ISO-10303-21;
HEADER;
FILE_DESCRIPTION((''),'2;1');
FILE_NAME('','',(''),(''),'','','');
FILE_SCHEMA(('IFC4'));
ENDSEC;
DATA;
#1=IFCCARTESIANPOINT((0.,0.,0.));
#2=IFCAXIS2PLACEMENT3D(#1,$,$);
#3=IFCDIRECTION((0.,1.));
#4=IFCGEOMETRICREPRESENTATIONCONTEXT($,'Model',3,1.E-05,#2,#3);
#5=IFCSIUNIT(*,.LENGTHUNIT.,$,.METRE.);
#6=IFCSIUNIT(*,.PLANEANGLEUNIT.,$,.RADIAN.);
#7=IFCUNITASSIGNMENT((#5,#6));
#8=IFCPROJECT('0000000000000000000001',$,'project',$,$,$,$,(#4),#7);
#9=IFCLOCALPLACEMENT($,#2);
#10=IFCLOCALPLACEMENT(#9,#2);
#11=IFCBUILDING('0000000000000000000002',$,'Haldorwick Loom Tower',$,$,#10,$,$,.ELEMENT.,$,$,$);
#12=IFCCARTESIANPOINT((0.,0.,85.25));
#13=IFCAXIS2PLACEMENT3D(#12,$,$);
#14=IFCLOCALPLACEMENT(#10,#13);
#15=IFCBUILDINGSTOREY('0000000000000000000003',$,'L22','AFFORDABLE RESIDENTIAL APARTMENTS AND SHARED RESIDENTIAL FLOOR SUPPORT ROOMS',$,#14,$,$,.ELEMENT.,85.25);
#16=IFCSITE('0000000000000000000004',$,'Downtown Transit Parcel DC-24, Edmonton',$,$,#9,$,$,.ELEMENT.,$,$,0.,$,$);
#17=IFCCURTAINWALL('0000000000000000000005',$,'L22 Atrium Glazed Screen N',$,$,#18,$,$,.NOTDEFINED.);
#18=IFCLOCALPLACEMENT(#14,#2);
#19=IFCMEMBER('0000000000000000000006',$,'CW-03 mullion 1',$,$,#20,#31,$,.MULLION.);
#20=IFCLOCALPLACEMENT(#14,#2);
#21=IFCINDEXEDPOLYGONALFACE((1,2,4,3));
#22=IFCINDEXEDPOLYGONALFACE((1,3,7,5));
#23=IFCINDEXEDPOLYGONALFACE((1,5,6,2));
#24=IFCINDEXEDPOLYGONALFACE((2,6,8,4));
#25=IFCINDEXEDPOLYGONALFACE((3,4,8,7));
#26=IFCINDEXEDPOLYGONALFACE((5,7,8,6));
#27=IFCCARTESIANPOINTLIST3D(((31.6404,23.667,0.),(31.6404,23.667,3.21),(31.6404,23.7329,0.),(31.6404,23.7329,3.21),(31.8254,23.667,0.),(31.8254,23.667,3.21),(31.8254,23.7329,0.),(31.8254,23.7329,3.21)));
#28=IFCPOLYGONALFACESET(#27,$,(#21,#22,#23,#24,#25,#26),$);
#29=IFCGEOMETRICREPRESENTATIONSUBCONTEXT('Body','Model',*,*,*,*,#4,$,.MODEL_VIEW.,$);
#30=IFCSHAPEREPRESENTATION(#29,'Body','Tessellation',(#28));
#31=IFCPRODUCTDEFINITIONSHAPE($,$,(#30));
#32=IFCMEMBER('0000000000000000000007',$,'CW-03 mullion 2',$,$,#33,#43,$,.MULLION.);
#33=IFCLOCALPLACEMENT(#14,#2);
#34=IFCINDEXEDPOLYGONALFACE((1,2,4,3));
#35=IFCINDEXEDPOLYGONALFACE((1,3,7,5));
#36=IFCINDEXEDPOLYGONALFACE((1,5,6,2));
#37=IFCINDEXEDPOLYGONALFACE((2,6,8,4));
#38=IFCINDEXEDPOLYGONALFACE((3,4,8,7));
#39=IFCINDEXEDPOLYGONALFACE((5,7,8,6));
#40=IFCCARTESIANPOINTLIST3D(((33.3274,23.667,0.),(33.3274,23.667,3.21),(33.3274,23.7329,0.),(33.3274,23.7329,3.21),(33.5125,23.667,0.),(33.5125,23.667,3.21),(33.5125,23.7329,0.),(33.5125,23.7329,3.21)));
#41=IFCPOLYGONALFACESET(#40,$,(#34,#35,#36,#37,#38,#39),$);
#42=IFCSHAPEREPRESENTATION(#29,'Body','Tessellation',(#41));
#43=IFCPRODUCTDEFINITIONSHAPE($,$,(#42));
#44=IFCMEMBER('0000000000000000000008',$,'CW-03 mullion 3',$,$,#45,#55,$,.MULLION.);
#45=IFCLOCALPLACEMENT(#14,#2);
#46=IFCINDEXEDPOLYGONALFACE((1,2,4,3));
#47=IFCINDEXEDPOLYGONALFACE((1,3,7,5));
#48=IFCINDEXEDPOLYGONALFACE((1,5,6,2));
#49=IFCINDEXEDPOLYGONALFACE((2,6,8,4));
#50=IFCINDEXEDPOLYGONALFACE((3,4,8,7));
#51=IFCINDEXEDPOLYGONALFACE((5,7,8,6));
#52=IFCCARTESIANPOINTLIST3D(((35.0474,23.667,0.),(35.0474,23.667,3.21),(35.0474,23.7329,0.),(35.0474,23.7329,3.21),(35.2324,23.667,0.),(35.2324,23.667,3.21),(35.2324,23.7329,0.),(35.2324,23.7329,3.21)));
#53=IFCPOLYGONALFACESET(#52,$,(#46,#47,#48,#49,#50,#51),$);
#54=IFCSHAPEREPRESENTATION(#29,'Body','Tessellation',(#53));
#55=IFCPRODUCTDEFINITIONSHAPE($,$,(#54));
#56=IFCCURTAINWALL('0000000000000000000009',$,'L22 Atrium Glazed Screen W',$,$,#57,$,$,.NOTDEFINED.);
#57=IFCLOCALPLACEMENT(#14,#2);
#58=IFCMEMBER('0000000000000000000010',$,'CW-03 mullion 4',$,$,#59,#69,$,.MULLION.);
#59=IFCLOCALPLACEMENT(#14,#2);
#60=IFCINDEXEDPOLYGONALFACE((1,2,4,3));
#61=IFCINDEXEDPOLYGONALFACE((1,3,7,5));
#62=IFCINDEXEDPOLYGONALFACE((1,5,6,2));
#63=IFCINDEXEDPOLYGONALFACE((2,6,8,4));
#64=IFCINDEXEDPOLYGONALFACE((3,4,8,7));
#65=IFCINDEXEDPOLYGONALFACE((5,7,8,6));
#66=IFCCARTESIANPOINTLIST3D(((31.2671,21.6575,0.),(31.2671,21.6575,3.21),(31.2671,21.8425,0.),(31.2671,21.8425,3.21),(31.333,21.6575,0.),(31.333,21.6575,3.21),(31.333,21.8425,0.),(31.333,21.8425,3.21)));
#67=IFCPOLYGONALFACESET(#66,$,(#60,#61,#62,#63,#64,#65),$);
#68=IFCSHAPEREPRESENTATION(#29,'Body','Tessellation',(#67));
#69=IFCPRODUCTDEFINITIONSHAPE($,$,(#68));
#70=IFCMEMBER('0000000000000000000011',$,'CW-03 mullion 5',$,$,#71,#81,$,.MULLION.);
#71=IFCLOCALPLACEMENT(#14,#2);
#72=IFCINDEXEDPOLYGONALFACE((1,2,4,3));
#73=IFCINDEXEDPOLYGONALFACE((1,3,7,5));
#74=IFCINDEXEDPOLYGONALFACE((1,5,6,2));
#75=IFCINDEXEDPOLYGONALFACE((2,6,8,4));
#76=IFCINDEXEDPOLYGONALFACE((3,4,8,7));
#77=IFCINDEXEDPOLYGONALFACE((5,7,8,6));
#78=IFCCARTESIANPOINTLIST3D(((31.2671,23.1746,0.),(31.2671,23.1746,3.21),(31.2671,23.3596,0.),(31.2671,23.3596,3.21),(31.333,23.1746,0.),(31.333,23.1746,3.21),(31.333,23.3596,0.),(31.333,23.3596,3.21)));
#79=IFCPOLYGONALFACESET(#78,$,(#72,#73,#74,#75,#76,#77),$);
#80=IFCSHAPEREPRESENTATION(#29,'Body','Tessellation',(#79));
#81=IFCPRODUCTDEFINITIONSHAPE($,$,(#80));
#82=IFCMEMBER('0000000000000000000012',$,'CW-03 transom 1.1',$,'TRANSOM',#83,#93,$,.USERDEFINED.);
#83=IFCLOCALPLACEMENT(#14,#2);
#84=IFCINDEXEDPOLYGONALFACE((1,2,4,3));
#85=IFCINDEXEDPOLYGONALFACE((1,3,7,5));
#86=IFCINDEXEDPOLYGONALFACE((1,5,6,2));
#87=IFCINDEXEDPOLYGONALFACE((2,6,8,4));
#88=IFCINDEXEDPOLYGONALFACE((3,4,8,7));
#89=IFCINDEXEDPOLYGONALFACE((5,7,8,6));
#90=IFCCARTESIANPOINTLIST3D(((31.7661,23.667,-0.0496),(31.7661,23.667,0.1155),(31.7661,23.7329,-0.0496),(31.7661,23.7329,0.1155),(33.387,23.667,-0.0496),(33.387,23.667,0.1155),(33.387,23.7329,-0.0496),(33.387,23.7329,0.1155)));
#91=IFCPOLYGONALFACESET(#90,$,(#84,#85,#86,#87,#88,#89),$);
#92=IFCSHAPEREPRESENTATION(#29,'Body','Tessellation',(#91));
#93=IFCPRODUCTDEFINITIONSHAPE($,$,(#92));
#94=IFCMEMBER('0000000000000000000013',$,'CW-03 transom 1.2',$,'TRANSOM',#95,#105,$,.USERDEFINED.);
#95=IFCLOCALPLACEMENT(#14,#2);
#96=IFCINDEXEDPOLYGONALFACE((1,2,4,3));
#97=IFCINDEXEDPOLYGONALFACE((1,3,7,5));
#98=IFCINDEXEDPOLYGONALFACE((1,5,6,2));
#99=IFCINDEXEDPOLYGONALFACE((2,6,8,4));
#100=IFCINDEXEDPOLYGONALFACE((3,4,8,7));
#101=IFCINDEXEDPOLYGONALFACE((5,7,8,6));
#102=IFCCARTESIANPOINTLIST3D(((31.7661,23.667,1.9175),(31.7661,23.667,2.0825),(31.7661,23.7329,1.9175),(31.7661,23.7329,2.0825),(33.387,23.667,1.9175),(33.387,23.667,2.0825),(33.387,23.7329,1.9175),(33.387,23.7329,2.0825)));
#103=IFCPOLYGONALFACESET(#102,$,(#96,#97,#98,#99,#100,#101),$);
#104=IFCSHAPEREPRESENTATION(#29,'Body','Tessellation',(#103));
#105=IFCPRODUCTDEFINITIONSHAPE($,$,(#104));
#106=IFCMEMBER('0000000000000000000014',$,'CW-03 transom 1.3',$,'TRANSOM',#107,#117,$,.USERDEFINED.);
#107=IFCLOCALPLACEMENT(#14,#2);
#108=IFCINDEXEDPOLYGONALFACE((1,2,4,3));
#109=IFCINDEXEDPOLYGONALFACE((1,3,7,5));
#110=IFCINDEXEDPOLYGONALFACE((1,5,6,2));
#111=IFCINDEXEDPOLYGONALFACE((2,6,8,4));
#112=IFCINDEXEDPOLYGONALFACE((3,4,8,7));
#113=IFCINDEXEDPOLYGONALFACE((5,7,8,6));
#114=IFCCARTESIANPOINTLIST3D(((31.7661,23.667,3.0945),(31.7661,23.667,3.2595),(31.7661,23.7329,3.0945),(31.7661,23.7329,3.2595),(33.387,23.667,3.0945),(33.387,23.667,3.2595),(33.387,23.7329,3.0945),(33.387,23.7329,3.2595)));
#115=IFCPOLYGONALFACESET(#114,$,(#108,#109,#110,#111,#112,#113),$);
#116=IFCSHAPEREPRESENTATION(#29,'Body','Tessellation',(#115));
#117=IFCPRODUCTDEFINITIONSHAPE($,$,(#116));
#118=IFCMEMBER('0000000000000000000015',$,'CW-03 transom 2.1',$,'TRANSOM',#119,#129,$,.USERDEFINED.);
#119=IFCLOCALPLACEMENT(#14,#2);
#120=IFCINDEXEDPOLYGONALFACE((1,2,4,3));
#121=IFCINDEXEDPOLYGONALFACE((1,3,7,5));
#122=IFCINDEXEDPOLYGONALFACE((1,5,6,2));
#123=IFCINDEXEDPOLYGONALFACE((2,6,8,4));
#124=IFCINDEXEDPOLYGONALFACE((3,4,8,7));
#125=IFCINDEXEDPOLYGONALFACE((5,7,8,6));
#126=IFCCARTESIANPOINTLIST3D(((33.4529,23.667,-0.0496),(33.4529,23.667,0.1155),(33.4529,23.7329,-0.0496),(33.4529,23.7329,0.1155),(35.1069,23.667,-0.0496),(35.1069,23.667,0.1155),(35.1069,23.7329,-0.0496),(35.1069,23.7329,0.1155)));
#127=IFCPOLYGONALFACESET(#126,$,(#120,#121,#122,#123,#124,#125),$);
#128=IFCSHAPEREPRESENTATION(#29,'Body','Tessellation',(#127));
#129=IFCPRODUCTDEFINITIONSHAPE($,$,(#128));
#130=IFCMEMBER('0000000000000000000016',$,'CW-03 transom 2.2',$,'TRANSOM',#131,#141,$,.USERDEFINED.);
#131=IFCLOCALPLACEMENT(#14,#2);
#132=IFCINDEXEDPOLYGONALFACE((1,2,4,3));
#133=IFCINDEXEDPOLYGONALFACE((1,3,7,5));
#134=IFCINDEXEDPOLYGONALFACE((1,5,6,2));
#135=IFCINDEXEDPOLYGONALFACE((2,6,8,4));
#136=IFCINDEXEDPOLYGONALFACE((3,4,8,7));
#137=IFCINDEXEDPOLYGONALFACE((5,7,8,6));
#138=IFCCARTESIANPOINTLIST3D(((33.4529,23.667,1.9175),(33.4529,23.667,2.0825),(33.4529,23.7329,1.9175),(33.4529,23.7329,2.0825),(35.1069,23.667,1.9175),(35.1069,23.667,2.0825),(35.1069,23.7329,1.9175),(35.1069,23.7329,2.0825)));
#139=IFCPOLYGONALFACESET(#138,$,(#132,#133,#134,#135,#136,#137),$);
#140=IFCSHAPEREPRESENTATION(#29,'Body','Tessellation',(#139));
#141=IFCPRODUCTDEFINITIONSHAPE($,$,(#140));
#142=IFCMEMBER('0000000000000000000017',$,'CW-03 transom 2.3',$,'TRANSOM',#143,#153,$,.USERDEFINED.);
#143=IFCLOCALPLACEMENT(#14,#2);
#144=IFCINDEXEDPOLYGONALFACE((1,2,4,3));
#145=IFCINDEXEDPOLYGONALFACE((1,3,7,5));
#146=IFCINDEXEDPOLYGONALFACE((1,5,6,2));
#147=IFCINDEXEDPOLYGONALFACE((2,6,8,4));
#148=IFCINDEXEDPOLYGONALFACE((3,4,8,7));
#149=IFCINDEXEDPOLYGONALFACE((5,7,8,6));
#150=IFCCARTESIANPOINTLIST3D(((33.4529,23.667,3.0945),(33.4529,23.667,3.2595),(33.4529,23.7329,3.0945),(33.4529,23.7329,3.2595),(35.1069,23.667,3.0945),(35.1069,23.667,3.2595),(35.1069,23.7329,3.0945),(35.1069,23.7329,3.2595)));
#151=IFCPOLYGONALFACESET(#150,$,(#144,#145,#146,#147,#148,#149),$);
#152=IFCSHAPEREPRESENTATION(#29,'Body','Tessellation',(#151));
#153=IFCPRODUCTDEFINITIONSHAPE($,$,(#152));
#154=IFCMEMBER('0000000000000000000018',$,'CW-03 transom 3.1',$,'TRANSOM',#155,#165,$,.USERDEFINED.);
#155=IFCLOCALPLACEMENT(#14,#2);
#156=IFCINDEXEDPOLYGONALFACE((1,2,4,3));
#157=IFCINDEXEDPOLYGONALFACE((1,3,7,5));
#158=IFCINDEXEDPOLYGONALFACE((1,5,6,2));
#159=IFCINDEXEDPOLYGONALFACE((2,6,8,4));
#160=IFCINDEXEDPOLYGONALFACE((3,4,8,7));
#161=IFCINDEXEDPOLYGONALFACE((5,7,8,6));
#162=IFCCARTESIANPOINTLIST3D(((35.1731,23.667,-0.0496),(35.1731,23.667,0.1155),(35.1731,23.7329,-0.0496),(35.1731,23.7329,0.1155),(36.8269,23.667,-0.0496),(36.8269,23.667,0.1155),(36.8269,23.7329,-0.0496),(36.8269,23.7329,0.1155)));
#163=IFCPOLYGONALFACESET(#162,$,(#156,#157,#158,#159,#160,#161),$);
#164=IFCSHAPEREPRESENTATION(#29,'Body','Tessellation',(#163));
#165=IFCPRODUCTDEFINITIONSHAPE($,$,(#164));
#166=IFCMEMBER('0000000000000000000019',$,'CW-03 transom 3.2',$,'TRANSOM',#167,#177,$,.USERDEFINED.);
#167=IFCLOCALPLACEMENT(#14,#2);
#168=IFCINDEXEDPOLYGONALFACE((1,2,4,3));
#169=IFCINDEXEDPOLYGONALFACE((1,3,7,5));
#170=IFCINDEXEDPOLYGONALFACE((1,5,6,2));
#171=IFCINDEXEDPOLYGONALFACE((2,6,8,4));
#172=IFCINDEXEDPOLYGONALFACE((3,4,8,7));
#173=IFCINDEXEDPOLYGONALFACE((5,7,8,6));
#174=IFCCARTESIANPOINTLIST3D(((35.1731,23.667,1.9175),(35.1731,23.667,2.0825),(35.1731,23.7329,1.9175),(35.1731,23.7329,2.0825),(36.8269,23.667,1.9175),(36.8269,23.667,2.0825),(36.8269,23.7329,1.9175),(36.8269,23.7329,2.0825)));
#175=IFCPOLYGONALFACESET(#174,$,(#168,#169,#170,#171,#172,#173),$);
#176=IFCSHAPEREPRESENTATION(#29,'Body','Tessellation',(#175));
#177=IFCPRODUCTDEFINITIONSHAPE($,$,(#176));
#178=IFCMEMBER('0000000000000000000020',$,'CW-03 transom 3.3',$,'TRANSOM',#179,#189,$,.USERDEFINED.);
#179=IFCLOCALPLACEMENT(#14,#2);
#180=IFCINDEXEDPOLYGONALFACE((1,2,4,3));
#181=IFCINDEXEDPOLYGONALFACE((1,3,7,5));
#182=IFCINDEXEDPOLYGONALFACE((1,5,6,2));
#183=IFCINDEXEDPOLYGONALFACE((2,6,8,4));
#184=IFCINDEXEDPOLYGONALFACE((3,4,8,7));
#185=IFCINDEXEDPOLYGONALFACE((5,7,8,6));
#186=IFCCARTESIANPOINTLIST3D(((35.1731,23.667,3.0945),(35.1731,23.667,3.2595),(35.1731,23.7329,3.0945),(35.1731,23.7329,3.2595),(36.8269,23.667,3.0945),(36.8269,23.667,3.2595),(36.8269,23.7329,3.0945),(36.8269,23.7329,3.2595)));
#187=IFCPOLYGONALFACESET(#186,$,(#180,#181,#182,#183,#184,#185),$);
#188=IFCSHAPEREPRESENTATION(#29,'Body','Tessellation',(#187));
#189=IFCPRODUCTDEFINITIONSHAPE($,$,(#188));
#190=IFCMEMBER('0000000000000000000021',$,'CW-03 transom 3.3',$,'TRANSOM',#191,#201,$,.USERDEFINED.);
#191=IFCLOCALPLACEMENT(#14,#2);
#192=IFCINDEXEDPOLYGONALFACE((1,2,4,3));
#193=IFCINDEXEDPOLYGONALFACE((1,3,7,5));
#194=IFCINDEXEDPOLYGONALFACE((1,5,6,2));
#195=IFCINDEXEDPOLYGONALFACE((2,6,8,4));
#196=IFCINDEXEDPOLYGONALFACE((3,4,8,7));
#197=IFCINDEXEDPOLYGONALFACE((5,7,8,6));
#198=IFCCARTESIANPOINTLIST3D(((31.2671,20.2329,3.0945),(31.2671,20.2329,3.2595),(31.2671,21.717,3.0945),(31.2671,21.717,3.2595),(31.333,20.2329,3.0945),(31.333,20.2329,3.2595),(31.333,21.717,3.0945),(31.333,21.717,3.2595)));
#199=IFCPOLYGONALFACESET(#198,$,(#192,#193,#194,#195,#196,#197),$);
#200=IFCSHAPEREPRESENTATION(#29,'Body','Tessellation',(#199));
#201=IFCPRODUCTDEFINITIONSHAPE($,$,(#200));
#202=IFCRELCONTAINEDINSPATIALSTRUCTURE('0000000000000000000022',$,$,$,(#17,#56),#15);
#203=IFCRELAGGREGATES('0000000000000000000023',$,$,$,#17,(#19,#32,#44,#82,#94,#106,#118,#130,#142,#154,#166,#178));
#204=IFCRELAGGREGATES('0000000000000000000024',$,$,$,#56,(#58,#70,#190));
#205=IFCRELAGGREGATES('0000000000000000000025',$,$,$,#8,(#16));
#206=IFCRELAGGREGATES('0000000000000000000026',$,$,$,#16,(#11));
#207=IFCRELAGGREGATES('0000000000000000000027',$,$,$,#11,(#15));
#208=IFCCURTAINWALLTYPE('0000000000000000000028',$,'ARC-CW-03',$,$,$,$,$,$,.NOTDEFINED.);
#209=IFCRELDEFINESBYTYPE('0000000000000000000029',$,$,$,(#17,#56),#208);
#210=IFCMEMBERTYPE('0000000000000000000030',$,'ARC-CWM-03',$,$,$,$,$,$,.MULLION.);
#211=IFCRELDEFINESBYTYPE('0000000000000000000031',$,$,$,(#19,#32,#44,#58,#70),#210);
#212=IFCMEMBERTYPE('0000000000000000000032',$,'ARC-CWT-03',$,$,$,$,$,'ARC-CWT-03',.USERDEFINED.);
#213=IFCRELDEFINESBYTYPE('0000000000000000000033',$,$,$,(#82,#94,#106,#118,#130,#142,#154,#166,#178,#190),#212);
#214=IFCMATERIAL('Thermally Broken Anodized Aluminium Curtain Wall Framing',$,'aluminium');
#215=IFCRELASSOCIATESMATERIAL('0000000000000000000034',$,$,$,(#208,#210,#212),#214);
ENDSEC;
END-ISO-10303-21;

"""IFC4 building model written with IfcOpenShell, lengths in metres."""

from ifc_helpers import new_model, si_unit, direction, frame, origin, origin_2d, place, context, subcontext, project, spatial, rectangle, extrude, material, material_profile, profile_set, type_object, element, aggregate, save


model = new_model("IFC4")

# Units and contexts
model_context = context("Model", 3, precision=1e-05, world=origin(), true_north=direction((0.0, 1.0)))
body_context = subcontext(model_context, "Body", "Model", "MODEL_VIEW")
ifc_project = project(units=[si_unit("LENGTHUNIT", "METRE"), si_unit("PLANEANGLEUNIT", "RADIAN")], contexts=[model_context])

# Site, building, storey
site_placement = place(None, origin())
site = spatial("IfcSite", under=ifc_project, at=site_placement, Name="Downtown Transit Parcel DC-24, Edmonton", CompositionType="ELEMENT", RefElevation=0.0)
building_placement = place(site_placement, origin())
building = spatial("IfcBuilding", under=site, at=building_placement, Name="Haldorwick Loom Tower", CompositionType="ELEMENT")
storey_placement = place(building_placement, frame((0.0, 0.0, 85.25)))
storey = spatial("IfcBuildingStorey", under=building, at=storey_placement, Name="L22", Description="AFFORDABLE RESIDENTIAL APARTMENTS AND SHARED RESIDENTIAL FLOOR SUPPORT ROOMS", CompositionType="ELEMENT", Elevation=85.25)

# Curtain walls, members
ifc_material_1 = material(Name="Thermally Broken Anodized Aluminium Curtain Wall Framing", Category="aluminium")
curtain_wall_type = type_object("IfcCurtainWallType", Name="ARC-CW-03", PredefinedType="NOTDEFINED", material=ifc_material_1)
curtain_wall_1_placement = place(storey_placement, origin())
curtain_wall_1 = element("IfcCurtainWall", 1, at=curtain_wall_1_placement, inside=storey, type_object=curtain_wall_type, Name="L22 Atrium Glazed Screen N", PredefinedType="NOTDEFINED")
ifc_material_profile_1 = material_profile(ifc_material_1, rectangle(XDim=0.0659, YDim=0.1851, at=origin_2d()), Name="ALU_MUL_66X185", Category="aluminium")
ifc_profile_set_1 = profile_set([ifc_material_profile_1], Name="Thermally Broken Anodized Aluminium Curtain Wall Framing")
member_type_1 = type_object("IfcMemberType", Name="ARC-CWM-03", PredefinedType="MULLION", material=ifc_profile_set_1)
member_1_placement = place(storey_placement, frame((31.7329, 23.7, 0.0), z_axis=(0.0, 0.0, 1.0), x_axis=(0.0, 1.0, 0.0)))
member_1 = element("IfcMember", 2, at=member_1_placement, type_object=member_type_1, Name="CW-03 mullion 1", PredefinedType="MULLION", context=body_context, shape_type="SweptSolid", body=[
    extrude(rectangle(XDim=0.0659, YDim=0.1851, at=origin_2d()), origin(), (0.0, 0.0, 1.0), 3.21),
])
member_2_placement = place(storey_placement, frame((33.4199, 23.7, 0.0), z_axis=(0.0, 0.0, 1.0), x_axis=(0.0, 1.0, 0.0)))
member_2 = element("IfcMember", 3, at=member_2_placement, type_object=member_type_1, Name="CW-03 mullion 2", PredefinedType="MULLION", context=body_context, shape_type="SweptSolid", body=[
    extrude(rectangle(XDim=0.0659, YDim=0.1851, at=origin_2d()), origin(), (0.0, 0.0, 1.0), 3.21),
])
member_3_placement = place(storey_placement, frame((35.1399, 23.7, 0.0), z_axis=(0.0, 0.0, 1.0), x_axis=(0.0, 1.0, 0.0)))
member_3 = element("IfcMember", 4, at=member_3_placement, type_object=member_type_1, Name="CW-03 mullion 3", PredefinedType="MULLION", context=body_context, shape_type="SweptSolid", body=[
    extrude(rectangle(XDim=0.0659, YDim=0.1851, at=origin_2d()), origin(), (0.0, 0.0, 1.0), 3.21),
])
curtain_wall_2_placement = place(storey_placement, origin())
curtain_wall_2 = element("IfcCurtainWall", 5, at=curtain_wall_2_placement, inside=storey, type_object=curtain_wall_type, Name="L22 Atrium Glazed Screen W", PredefinedType="NOTDEFINED")
member_4_placement = place(storey_placement, frame((31.3, 21.75, 0.0), z_axis=(0.0, 0.0, 1.0), x_axis=(-1.0, 0.0, 0.0)))
member_4 = element("IfcMember", 6, at=member_4_placement, type_object=member_type_1, Name="CW-03 mullion 4", PredefinedType="MULLION", context=body_context, shape_type="SweptSolid", body=[
    extrude(rectangle(XDim=0.0659, YDim=0.1851, at=origin_2d()), origin(), (0.0, 0.0, 1.0), 3.21),
])
member_5_placement = place(storey_placement, frame((31.3, 23.2671, 0.0), z_axis=(0.0, 0.0, 1.0), x_axis=(-1.0, 0.0, 0.0)))
member_5 = element("IfcMember", 7, at=member_5_placement, type_object=member_type_1, Name="CW-03 mullion 5", PredefinedType="MULLION", context=body_context, shape_type="SweptSolid", body=[
    extrude(rectangle(XDim=0.0659, YDim=0.1851, at=origin_2d()), origin(), (0.0, 0.0, 1.0), 3.21),
])

# Members
ifc_material_profile_2 = material_profile(ifc_material_1, rectangle(XDim=0.0659, YDim=0.165, at=origin_2d()), Name="ALU_TRN_66X165", Category="aluminium")
ifc_profile_set_2 = profile_set([ifc_material_profile_2], Name="Thermally Broken Anodized Aluminium Curtain Wall Framing")
member_type_2 = type_object("IfcMemberType", Name="ARC-CWT-03", ElementType="ARC-CWT-03", PredefinedType="USERDEFINED", material=ifc_profile_set_2)
member_6_placement = place(storey_placement, frame((31.7661, 23.7, 0.033), z_axis=(1.0, 0.0, 0.0), x_axis=(0.0, 1.0, 0.0)))
member_6 = element("IfcMember", 8, at=member_6_placement, type_object=member_type_2, Name="CW-03 transom 1.1", ObjectType="TRANSOM", PredefinedType="USERDEFINED", context=body_context, shape_type="SweptSolid", body=[
    extrude(rectangle(XDim=0.0659, YDim=0.165, at=origin_2d()), origin(), (0.0, 0.0, 1.0), 1.6208),
])
member_7_placement = place(storey_placement, frame((31.7661, 23.7, 2.0), z_axis=(1.0, 0.0, 0.0), x_axis=(0.0, 1.0, 0.0)))
member_7 = element("IfcMember", 9, at=member_7_placement, type_object=member_type_2, Name="CW-03 transom 1.2", ObjectType="TRANSOM", PredefinedType="USERDEFINED", context=body_context, shape_type="SweptSolid", body=[
    extrude(rectangle(XDim=0.0659, YDim=0.165, at=origin_2d()), origin(), (0.0, 0.0, 1.0), 1.6208),
])
member_8_placement = place(storey_placement, frame((31.7661, 23.7, 3.177), z_axis=(1.0, 0.0, 0.0), x_axis=(0.0, 1.0, 0.0)))
member_8 = element("IfcMember", 10, at=member_8_placement, type_object=member_type_2, Name="CW-03 transom 1.3", ObjectType="TRANSOM", PredefinedType="USERDEFINED", context=body_context, shape_type="SweptSolid", body=[
    extrude(rectangle(XDim=0.0659, YDim=0.165, at=origin_2d()), origin(), (0.0, 0.0, 1.0), 1.6208),
])
member_9_placement = place(storey_placement, frame((33.4529, 23.7, 0.033), z_axis=(1.0, 0.0, 0.0), x_axis=(0.0, 1.0, 0.0)))
member_9 = element("IfcMember", 11, at=member_9_placement, type_object=member_type_2, Name="CW-03 transom 2.1", ObjectType="TRANSOM", PredefinedType="USERDEFINED", context=body_context, shape_type="SweptSolid", body=[
    extrude(rectangle(XDim=0.0659, YDim=0.165, at=origin_2d()), origin(), (0.0, 0.0, 1.0), 1.6541),
])
member_10_placement = place(storey_placement, frame((33.4529, 23.7, 2.0), z_axis=(1.0, 0.0, 0.0), x_axis=(0.0, 1.0, 0.0)))
member_10 = element("IfcMember", 12, at=member_10_placement, type_object=member_type_2, Name="CW-03 transom 2.2", ObjectType="TRANSOM", PredefinedType="USERDEFINED", context=body_context, shape_type="SweptSolid", body=[
    extrude(rectangle(XDim=0.0659, YDim=0.165, at=origin_2d()), origin(), (0.0, 0.0, 1.0), 1.6541),
])
member_11_placement = place(storey_placement, frame((33.4529, 23.7, 3.177), z_axis=(1.0, 0.0, 0.0), x_axis=(0.0, 1.0, 0.0)))
member_11 = element("IfcMember", 13, at=member_11_placement, type_object=member_type_2, Name="CW-03 transom 2.3", ObjectType="TRANSOM", PredefinedType="USERDEFINED", context=body_context, shape_type="SweptSolid", body=[
    extrude(rectangle(XDim=0.0659, YDim=0.165, at=origin_2d()), origin(), (0.0, 0.0, 1.0), 1.6541),
])
member_12_placement = place(storey_placement, frame((35.1731, 23.7, 0.033), z_axis=(1.0, 0.0, 0.0), x_axis=(0.0, 1.0, 0.0)))
member_12 = element("IfcMember", 14, at=member_12_placement, type_object=member_type_2, Name="CW-03 transom 3.1", ObjectType="TRANSOM", PredefinedType="USERDEFINED", context=body_context, shape_type="SweptSolid", body=[
    extrude(rectangle(XDim=0.0659, YDim=0.165, at=origin_2d()), origin(), (0.0, 0.0, 1.0), 1.6538),
])
member_13_placement = place(storey_placement, frame((35.1731, 23.7, 2.0), z_axis=(1.0, 0.0, 0.0), x_axis=(0.0, 1.0, 0.0)))
member_13 = element("IfcMember", 15, at=member_13_placement, type_object=member_type_2, Name="CW-03 transom 3.2", ObjectType="TRANSOM", PredefinedType="USERDEFINED", context=body_context, shape_type="SweptSolid", body=[
    extrude(rectangle(XDim=0.0659, YDim=0.165, at=origin_2d()), origin(), (0.0, 0.0, 1.0), 1.6538),
])
member_14_placement = place(storey_placement, frame((35.1731, 23.7, 3.177), z_axis=(1.0, 0.0, 0.0), x_axis=(0.0, 1.0, 0.0)))
member_14 = element("IfcMember", 16, at=member_14_placement, type_object=member_type_2, Name="CW-03 transom 3.3", ObjectType="TRANSOM", PredefinedType="USERDEFINED", context=body_context, shape_type="SweptSolid", body=[
    extrude(rectangle(XDim=0.0659, YDim=0.165, at=origin_2d()), origin(), (0.0, 0.0, 1.0), 1.6538),
])
member_15_placement = place(storey_placement, frame((31.3, 20.2329, 3.177), z_axis=(0.0, 1.0, 0.0), x_axis=(-1.0, 0.0, 0.0)))
member_15 = element("IfcMember", 17, at=member_15_placement, type_object=member_type_2, Name="CW-03 transom 3.3", ObjectType="TRANSOM", PredefinedType="USERDEFINED", context=body_context, shape_type="SweptSolid", body=[
    extrude(rectangle(XDim=0.0659, YDim=0.165, at=origin_2d()), origin(), (0.0, 0.0, 1.0), 1.4841),
])

aggregate(curtain_wall_1, [member_1, member_2, member_3, member_6, member_7, member_8, member_9, member_10, member_11, member_12, member_13, member_14])
aggregate(curtain_wall_2, [member_4, member_5, member_15])

save(model, "model.ifc")
